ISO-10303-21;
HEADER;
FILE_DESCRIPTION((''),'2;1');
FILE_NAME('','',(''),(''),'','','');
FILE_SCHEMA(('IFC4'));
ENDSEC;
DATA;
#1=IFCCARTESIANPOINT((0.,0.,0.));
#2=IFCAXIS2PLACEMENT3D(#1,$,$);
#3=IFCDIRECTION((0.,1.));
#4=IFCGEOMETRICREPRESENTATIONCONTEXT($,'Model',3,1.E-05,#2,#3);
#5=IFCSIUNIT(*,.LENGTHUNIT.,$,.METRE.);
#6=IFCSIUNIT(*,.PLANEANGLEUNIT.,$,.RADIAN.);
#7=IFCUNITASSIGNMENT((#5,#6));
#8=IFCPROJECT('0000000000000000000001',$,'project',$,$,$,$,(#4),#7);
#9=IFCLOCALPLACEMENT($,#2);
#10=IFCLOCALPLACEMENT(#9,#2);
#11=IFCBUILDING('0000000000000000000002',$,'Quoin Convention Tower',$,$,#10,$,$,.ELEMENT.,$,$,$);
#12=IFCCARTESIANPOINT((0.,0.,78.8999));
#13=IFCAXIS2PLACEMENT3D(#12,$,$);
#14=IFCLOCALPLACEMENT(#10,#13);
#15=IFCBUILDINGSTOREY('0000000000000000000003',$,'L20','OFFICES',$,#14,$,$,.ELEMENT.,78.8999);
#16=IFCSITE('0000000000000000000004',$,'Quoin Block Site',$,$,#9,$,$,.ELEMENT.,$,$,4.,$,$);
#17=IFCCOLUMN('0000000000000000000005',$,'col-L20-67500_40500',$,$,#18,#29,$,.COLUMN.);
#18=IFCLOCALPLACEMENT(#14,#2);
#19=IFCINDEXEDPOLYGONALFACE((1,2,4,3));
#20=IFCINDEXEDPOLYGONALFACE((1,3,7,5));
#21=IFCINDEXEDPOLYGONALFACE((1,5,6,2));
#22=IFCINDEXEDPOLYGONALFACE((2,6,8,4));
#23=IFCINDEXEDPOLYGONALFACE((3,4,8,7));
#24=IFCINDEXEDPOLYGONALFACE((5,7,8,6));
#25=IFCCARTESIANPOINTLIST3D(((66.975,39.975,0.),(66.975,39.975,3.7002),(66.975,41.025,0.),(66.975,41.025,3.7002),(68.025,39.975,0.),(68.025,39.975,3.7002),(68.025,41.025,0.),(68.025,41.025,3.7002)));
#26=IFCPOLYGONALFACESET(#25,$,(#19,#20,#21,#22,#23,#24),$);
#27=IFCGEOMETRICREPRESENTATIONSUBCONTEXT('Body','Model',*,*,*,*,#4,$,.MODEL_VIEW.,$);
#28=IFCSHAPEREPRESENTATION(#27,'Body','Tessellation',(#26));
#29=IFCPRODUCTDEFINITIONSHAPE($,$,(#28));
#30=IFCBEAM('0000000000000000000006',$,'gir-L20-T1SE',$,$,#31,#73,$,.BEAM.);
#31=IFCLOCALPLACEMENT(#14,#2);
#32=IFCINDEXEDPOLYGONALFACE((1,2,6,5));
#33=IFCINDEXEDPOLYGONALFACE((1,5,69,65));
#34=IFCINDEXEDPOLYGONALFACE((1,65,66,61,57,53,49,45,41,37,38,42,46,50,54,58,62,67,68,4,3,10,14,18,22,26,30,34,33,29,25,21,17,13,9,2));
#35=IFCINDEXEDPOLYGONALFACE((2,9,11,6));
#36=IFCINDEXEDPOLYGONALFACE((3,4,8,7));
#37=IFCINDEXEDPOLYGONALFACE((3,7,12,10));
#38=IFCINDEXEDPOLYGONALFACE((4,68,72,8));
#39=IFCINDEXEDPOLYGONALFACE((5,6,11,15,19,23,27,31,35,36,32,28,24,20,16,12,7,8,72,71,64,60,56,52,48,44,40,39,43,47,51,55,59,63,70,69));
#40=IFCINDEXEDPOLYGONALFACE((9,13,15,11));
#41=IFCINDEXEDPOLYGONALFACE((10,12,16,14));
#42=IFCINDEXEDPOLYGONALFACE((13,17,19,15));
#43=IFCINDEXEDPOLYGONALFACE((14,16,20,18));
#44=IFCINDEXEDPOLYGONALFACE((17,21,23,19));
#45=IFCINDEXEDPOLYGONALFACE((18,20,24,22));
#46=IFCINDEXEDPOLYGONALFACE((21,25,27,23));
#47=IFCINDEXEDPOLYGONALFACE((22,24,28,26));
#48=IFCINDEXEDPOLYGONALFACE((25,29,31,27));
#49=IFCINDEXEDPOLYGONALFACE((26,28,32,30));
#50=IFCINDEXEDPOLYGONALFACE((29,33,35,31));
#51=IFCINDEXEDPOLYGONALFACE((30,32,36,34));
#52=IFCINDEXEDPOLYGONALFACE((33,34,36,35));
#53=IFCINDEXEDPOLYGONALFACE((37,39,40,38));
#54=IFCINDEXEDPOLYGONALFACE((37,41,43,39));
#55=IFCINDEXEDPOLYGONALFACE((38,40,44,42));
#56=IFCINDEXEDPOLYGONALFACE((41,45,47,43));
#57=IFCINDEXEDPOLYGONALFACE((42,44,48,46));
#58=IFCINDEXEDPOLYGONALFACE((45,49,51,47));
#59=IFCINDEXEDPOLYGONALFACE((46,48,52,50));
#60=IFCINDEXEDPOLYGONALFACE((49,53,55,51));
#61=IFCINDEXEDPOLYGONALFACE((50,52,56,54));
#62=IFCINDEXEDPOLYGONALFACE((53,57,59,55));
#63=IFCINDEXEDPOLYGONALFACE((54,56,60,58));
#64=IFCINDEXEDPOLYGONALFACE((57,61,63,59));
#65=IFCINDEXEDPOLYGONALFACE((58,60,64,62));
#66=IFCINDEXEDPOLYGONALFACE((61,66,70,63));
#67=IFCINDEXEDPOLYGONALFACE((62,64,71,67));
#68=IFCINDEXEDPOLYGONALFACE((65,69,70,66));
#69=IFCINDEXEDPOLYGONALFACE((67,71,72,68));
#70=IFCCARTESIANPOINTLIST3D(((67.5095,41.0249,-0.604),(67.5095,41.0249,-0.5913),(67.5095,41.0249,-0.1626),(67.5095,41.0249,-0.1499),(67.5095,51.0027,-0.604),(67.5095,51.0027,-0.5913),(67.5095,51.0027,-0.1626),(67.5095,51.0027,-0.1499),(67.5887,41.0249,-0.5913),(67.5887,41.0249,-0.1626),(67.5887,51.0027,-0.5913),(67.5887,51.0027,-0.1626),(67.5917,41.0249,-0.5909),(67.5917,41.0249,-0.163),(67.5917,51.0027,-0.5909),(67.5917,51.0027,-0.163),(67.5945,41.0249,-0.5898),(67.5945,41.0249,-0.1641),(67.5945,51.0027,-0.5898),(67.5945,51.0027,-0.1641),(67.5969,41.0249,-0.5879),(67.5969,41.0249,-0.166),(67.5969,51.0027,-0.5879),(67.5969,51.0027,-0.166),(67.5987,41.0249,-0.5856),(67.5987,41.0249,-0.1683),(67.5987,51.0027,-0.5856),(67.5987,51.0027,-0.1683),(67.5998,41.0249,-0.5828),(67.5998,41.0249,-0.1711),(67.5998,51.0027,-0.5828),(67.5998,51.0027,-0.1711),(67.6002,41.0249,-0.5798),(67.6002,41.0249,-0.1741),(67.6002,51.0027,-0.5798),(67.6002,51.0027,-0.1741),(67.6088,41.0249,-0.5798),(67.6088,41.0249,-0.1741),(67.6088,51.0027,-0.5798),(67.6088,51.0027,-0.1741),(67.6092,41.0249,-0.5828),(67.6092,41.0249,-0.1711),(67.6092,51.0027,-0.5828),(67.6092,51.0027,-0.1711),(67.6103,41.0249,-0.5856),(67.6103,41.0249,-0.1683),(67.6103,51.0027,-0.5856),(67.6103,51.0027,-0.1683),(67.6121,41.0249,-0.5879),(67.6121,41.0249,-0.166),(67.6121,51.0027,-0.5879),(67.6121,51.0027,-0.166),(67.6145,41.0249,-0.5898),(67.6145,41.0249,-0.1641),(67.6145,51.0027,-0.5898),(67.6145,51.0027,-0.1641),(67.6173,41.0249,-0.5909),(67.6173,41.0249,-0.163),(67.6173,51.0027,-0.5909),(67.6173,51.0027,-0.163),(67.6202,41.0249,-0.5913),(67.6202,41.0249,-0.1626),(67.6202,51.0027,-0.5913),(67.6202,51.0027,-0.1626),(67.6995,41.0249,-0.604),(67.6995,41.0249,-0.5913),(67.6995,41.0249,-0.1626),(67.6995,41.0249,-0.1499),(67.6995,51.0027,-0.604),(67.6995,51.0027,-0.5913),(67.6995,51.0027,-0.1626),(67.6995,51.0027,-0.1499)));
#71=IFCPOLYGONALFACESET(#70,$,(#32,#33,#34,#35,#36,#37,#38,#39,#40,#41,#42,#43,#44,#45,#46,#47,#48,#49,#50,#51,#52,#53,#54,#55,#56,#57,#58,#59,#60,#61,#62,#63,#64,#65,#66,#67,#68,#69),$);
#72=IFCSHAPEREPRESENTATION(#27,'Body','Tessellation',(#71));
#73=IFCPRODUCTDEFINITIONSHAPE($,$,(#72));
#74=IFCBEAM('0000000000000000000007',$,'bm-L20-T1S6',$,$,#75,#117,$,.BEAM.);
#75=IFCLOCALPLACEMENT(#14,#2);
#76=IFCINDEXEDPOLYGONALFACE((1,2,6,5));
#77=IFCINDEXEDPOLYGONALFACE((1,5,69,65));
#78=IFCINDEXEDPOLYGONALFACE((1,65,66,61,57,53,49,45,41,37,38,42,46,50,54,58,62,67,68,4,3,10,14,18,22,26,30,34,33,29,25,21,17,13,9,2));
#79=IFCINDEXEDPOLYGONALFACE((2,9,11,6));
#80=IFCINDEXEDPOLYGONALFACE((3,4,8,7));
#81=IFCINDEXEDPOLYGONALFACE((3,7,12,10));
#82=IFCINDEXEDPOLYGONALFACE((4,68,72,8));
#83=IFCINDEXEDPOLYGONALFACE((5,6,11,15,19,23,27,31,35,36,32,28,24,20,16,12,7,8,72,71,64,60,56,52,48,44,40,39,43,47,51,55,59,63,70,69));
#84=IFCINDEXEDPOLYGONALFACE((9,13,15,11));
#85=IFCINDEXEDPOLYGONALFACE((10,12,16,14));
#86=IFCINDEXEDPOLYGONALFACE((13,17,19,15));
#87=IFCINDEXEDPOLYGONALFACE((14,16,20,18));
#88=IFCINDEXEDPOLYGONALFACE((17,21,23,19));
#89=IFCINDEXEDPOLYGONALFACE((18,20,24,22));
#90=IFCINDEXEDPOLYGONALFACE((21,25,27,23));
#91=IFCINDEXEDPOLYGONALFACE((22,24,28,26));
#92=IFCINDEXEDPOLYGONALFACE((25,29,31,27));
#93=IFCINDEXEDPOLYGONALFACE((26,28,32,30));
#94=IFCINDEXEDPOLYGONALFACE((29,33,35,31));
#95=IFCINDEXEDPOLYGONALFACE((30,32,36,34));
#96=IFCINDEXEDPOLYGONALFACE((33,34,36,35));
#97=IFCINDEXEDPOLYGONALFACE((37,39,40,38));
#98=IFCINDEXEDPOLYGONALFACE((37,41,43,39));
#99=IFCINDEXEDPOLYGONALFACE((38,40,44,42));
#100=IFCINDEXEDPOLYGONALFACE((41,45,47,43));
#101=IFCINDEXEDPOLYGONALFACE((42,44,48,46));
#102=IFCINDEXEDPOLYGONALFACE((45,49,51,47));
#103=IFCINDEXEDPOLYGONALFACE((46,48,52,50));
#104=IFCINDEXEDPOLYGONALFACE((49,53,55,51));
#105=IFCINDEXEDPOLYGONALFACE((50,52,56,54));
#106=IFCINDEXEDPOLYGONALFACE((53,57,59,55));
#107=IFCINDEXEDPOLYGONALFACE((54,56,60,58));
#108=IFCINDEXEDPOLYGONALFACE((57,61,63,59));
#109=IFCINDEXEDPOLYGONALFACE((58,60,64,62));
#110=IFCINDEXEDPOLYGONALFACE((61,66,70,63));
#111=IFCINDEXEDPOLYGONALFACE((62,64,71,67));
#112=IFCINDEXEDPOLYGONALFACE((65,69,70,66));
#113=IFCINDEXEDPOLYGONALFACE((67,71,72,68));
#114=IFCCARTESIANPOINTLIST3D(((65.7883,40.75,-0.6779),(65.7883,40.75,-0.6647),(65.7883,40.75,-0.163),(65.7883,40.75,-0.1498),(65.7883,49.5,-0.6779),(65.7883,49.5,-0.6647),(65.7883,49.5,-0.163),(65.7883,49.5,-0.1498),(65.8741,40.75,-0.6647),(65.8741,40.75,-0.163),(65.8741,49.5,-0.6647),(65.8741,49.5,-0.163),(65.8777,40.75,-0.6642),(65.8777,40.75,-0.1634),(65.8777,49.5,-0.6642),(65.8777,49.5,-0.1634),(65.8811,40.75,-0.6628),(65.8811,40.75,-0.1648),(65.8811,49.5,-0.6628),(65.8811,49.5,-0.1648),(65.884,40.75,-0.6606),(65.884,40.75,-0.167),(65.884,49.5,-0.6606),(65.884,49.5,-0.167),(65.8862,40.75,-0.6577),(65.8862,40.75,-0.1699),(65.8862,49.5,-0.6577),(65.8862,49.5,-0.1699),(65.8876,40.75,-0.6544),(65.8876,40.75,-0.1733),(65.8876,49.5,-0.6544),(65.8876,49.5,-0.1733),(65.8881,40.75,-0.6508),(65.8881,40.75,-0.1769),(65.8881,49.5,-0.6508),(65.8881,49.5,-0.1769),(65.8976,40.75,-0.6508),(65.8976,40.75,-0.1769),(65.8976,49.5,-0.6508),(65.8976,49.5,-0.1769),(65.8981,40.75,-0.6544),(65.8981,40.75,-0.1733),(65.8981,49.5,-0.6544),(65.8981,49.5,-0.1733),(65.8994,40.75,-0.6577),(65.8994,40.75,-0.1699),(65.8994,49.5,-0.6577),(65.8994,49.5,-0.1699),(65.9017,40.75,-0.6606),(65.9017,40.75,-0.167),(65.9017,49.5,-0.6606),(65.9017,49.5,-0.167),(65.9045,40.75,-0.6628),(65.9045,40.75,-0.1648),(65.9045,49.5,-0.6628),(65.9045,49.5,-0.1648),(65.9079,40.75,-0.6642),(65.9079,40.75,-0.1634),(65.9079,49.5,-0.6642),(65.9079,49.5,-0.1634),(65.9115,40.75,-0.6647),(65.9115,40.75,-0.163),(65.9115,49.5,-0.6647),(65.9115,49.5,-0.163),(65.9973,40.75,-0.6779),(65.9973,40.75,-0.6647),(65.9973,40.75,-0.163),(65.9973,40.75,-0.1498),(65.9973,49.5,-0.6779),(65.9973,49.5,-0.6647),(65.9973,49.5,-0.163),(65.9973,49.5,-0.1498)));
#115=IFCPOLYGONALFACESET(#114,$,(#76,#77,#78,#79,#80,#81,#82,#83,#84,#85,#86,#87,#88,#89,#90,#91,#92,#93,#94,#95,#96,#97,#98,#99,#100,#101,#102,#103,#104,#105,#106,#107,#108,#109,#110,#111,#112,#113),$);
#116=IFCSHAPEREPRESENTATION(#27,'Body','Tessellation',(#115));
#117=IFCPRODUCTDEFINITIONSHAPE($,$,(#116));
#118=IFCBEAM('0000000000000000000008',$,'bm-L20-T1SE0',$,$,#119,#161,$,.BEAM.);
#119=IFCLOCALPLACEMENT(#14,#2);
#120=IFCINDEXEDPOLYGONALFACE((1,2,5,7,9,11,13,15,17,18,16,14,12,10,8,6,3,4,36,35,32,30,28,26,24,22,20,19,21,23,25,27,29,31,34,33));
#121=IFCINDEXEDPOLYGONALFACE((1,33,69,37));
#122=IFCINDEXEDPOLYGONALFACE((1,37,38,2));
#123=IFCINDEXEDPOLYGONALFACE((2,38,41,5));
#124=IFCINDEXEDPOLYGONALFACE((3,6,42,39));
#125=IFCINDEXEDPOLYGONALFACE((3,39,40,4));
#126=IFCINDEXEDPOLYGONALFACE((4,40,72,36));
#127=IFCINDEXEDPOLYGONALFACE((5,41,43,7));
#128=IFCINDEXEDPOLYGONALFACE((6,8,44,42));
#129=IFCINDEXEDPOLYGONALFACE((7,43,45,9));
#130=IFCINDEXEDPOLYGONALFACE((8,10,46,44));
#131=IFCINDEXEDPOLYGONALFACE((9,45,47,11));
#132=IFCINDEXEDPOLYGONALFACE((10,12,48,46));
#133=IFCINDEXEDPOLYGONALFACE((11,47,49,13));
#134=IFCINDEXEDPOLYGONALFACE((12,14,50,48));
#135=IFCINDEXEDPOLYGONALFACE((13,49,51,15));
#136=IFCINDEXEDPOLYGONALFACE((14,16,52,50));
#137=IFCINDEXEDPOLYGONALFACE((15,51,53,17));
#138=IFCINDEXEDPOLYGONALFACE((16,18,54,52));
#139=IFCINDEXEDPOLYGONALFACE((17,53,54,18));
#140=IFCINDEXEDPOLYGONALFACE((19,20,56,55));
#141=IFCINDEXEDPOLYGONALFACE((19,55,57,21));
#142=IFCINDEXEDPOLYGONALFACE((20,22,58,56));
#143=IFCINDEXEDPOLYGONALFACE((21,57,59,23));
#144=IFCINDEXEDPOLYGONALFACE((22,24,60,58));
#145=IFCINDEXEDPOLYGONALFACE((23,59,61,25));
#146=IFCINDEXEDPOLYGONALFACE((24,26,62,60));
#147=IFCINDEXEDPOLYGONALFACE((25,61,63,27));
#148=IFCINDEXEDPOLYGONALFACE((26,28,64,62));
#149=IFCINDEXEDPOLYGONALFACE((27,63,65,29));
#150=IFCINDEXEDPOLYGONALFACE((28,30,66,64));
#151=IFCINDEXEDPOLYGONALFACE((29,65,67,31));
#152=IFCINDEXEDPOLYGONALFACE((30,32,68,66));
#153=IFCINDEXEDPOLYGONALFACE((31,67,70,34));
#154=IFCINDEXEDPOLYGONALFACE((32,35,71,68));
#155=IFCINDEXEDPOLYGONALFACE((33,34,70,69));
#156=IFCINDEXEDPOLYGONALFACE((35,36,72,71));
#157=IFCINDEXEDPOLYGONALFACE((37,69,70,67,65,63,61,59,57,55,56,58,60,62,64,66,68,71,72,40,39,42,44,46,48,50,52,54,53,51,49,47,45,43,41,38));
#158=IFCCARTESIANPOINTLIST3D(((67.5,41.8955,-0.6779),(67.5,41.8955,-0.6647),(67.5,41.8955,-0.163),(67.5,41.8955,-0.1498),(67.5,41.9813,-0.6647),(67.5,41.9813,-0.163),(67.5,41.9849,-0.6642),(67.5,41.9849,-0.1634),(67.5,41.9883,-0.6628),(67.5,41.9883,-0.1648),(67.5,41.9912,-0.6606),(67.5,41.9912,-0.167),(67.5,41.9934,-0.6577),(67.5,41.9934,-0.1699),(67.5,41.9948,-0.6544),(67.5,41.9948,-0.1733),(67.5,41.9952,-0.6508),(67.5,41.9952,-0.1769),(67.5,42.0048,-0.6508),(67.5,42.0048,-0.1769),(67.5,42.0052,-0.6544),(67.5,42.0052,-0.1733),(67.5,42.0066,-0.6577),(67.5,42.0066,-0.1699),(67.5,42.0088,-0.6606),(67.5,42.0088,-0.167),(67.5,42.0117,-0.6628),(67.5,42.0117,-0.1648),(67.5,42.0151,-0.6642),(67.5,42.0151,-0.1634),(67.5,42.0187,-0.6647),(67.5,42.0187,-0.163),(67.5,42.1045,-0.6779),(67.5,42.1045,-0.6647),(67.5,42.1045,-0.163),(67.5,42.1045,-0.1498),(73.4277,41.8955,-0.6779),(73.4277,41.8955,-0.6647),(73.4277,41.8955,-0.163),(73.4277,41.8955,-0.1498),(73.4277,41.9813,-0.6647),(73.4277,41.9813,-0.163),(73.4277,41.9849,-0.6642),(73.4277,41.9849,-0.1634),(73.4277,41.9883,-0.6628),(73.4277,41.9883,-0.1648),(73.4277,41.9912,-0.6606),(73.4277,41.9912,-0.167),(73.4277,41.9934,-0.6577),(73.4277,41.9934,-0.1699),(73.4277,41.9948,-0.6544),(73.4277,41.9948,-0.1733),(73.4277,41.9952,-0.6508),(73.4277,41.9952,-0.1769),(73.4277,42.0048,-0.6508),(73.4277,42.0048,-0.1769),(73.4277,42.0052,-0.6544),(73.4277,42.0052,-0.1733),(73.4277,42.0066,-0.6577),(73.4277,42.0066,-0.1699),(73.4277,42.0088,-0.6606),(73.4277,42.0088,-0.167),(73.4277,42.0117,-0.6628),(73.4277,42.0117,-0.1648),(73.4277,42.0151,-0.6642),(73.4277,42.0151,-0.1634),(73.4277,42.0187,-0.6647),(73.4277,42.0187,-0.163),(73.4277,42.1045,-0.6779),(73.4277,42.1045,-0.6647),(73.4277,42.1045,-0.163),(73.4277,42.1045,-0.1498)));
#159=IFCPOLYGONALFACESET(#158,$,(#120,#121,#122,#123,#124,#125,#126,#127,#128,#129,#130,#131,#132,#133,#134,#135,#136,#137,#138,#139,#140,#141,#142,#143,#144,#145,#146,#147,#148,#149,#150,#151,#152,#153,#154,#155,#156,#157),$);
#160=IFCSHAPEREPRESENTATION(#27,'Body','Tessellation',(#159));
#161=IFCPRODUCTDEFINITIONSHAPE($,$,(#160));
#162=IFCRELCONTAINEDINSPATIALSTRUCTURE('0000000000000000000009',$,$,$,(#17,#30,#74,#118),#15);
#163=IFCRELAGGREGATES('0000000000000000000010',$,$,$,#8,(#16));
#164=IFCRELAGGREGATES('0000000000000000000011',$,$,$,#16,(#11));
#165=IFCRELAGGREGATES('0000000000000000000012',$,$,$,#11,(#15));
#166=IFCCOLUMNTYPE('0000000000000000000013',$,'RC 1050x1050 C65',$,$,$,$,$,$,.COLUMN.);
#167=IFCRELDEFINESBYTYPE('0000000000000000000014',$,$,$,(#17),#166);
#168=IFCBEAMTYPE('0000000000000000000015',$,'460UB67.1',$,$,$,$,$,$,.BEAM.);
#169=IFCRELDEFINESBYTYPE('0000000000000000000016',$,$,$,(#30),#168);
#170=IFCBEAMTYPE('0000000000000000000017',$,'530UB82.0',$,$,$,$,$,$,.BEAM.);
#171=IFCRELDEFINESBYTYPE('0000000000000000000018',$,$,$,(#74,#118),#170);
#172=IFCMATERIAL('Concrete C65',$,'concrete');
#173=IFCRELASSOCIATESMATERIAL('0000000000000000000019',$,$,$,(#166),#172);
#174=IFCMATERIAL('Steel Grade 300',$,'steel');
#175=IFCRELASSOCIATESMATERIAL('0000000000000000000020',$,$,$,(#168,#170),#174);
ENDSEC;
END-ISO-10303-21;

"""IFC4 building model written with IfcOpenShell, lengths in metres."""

from ifc_helpers import new_model, si_unit, direction, frame, origin, origin_2d, place, context, subcontext, project, spatial, rectangle, i_section, extrude, material, material_profile, profile_set, type_object, element, save


model = new_model("IFC4")

# Units and contexts
model_context = context("Model", 3, precision=1e-05, world=origin(), true_north=direction((0.0, 1.0)))
body_context = subcontext(model_context, "Body", "Model", "MODEL_VIEW")
ifc_project = project(units=[si_unit("LENGTHUNIT", "METRE"), si_unit("PLANEANGLEUNIT", "RADIAN")], contexts=[model_context])

# Site, building, storey
site_placement = place(None, origin())
site = spatial("IfcSite", under=ifc_project, at=site_placement, Name="Quoin Block Site", CompositionType="ELEMENT", RefElevation=4.0)
building_placement = place(site_placement, origin())
building = spatial("IfcBuilding", under=site, at=building_placement, Name="Quoin Convention Tower", CompositionType="ELEMENT")
storey_placement = place(building_placement, frame((0.0, 0.0, 78.8999)))
storey = spatial("IfcBuildingStorey", under=building, at=storey_placement, Name="L20", Description="OFFICES", CompositionType="ELEMENT", Elevation=78.8999)

# Column
ifc_material_1 = material(Name="Concrete C65", Category="concrete")
ifc_material_profile_1 = material_profile(ifc_material_1, rectangle(XDim=1.05, YDim=1.05, at=origin_2d()), Name="RC 1050x1050")
ifc_profile_set_1 = profile_set([ifc_material_profile_1], Name="Concrete C65")
column_type = type_object("IfcColumnType", Name="RC 1050x1050 C65", PredefinedType="COLUMN", material=ifc_profile_set_1)
column_placement = place(storey_placement, frame((67.5, 40.5, 0.0), z_axis=(0.0, 0.0, 1.0), x_axis=(1.0, 0.0, 0.0)))
element("IfcColumn", 1, at=column_placement, inside=storey, type_object=column_type, Name="col-L20-67500_40500", PredefinedType="COLUMN", context=body_context, shape_type="SweptSolid", body=[
    extrude(rectangle(XDim=1.05, YDim=1.05, at=origin_2d()), origin(), (0.0, 0.0, 1.0), 3.7002),
])

# Beams
ifc_material_2 = material(Name="Steel Grade 300", Category="steel")
ifc_material_profile_2 = material_profile(ifc_material_2, i_section(OverallWidth=0.1899, OverallDepth=0.4541, WebThickness=0.0085, FlangeThickness=0.0127, FilletRadius=0.0115, at=origin_2d()), Name="460UB67.1")
ifc_profile_set_2 = profile_set([ifc_material_profile_2], Name="Steel Grade 300")
beam_type_1 = type_object("IfcBeamType", Name="460UB67.1", PredefinedType="BEAM", material=ifc_profile_set_2)
beam_1_placement = place(storey_placement, frame((67.6045, 41.0249, -0.377), z_axis=(0.0, 1.0, 0.0), x_axis=(-1.0, 0.0, 0.0)))
element("IfcBeam", 2, at=beam_1_placement, inside=storey, type_object=beam_type_1, Name="gir-L20-T1SE", PredefinedType="BEAM", context=body_context, shape_type="SweptSolid", body=[
    extrude(i_section(OverallWidth=0.1899, OverallDepth=0.4541, WebThickness=0.0085, FlangeThickness=0.0127, FilletRadius=0.0115, at=origin_2d()), origin(), (0.0, 0.0, 1.0), 9.9778),
])
ifc_material_profile_3 = material_profile(ifc_material_2, i_section(OverallWidth=0.209, OverallDepth=0.5281, WebThickness=0.0095, FlangeThickness=0.0132, FilletRadius=0.0139, at=origin_2d()), Name="530UB82.0")
ifc_profile_set_3 = profile_set([ifc_material_profile_3], Name="Steel Grade 300")
beam_type_2 = type_object("IfcBeamType", Name="530UB82.0", PredefinedType="BEAM", material=ifc_profile_set_3)
beam_2_placement = place(storey_placement, frame((65.8928, 40.75, -0.4138), z_axis=(0.0, 1.0, 0.0), x_axis=(-1.0, 0.0, 0.0)))
element("IfcBeam", 3, at=beam_2_placement, inside=storey, type_object=beam_type_2, Name="bm-L20-T1S6", PredefinedType="BEAM", context=body_context, shape_type="SweptSolid", body=[
    extrude(i_section(OverallWidth=0.209, OverallDepth=0.5281, WebThickness=0.0095, FlangeThickness=0.0132, FilletRadius=0.0139, at=origin_2d()), origin(), (0.0, 0.0, 1.0), 8.75),
])
beam_3_placement = place(storey_placement, frame((67.5, 42.0, -0.4138), z_axis=(1.0, 0.0, 0.0), x_axis=(0.0, 1.0, 0.0)))
element("IfcBeam", 4, at=beam_3_placement, inside=storey, type_object=beam_type_2, Name="bm-L20-T1SE0", PredefinedType="BEAM", context=body_context, shape_type="SweptSolid", body=[
    extrude(i_section(OverallWidth=0.209, OverallDepth=0.5281, WebThickness=0.0095, FlangeThickness=0.0132, FilletRadius=0.0139, at=origin_2d()), origin(), (0.0, 0.0, 1.0), 5.9277),
])

save(model, "model.ifc")
